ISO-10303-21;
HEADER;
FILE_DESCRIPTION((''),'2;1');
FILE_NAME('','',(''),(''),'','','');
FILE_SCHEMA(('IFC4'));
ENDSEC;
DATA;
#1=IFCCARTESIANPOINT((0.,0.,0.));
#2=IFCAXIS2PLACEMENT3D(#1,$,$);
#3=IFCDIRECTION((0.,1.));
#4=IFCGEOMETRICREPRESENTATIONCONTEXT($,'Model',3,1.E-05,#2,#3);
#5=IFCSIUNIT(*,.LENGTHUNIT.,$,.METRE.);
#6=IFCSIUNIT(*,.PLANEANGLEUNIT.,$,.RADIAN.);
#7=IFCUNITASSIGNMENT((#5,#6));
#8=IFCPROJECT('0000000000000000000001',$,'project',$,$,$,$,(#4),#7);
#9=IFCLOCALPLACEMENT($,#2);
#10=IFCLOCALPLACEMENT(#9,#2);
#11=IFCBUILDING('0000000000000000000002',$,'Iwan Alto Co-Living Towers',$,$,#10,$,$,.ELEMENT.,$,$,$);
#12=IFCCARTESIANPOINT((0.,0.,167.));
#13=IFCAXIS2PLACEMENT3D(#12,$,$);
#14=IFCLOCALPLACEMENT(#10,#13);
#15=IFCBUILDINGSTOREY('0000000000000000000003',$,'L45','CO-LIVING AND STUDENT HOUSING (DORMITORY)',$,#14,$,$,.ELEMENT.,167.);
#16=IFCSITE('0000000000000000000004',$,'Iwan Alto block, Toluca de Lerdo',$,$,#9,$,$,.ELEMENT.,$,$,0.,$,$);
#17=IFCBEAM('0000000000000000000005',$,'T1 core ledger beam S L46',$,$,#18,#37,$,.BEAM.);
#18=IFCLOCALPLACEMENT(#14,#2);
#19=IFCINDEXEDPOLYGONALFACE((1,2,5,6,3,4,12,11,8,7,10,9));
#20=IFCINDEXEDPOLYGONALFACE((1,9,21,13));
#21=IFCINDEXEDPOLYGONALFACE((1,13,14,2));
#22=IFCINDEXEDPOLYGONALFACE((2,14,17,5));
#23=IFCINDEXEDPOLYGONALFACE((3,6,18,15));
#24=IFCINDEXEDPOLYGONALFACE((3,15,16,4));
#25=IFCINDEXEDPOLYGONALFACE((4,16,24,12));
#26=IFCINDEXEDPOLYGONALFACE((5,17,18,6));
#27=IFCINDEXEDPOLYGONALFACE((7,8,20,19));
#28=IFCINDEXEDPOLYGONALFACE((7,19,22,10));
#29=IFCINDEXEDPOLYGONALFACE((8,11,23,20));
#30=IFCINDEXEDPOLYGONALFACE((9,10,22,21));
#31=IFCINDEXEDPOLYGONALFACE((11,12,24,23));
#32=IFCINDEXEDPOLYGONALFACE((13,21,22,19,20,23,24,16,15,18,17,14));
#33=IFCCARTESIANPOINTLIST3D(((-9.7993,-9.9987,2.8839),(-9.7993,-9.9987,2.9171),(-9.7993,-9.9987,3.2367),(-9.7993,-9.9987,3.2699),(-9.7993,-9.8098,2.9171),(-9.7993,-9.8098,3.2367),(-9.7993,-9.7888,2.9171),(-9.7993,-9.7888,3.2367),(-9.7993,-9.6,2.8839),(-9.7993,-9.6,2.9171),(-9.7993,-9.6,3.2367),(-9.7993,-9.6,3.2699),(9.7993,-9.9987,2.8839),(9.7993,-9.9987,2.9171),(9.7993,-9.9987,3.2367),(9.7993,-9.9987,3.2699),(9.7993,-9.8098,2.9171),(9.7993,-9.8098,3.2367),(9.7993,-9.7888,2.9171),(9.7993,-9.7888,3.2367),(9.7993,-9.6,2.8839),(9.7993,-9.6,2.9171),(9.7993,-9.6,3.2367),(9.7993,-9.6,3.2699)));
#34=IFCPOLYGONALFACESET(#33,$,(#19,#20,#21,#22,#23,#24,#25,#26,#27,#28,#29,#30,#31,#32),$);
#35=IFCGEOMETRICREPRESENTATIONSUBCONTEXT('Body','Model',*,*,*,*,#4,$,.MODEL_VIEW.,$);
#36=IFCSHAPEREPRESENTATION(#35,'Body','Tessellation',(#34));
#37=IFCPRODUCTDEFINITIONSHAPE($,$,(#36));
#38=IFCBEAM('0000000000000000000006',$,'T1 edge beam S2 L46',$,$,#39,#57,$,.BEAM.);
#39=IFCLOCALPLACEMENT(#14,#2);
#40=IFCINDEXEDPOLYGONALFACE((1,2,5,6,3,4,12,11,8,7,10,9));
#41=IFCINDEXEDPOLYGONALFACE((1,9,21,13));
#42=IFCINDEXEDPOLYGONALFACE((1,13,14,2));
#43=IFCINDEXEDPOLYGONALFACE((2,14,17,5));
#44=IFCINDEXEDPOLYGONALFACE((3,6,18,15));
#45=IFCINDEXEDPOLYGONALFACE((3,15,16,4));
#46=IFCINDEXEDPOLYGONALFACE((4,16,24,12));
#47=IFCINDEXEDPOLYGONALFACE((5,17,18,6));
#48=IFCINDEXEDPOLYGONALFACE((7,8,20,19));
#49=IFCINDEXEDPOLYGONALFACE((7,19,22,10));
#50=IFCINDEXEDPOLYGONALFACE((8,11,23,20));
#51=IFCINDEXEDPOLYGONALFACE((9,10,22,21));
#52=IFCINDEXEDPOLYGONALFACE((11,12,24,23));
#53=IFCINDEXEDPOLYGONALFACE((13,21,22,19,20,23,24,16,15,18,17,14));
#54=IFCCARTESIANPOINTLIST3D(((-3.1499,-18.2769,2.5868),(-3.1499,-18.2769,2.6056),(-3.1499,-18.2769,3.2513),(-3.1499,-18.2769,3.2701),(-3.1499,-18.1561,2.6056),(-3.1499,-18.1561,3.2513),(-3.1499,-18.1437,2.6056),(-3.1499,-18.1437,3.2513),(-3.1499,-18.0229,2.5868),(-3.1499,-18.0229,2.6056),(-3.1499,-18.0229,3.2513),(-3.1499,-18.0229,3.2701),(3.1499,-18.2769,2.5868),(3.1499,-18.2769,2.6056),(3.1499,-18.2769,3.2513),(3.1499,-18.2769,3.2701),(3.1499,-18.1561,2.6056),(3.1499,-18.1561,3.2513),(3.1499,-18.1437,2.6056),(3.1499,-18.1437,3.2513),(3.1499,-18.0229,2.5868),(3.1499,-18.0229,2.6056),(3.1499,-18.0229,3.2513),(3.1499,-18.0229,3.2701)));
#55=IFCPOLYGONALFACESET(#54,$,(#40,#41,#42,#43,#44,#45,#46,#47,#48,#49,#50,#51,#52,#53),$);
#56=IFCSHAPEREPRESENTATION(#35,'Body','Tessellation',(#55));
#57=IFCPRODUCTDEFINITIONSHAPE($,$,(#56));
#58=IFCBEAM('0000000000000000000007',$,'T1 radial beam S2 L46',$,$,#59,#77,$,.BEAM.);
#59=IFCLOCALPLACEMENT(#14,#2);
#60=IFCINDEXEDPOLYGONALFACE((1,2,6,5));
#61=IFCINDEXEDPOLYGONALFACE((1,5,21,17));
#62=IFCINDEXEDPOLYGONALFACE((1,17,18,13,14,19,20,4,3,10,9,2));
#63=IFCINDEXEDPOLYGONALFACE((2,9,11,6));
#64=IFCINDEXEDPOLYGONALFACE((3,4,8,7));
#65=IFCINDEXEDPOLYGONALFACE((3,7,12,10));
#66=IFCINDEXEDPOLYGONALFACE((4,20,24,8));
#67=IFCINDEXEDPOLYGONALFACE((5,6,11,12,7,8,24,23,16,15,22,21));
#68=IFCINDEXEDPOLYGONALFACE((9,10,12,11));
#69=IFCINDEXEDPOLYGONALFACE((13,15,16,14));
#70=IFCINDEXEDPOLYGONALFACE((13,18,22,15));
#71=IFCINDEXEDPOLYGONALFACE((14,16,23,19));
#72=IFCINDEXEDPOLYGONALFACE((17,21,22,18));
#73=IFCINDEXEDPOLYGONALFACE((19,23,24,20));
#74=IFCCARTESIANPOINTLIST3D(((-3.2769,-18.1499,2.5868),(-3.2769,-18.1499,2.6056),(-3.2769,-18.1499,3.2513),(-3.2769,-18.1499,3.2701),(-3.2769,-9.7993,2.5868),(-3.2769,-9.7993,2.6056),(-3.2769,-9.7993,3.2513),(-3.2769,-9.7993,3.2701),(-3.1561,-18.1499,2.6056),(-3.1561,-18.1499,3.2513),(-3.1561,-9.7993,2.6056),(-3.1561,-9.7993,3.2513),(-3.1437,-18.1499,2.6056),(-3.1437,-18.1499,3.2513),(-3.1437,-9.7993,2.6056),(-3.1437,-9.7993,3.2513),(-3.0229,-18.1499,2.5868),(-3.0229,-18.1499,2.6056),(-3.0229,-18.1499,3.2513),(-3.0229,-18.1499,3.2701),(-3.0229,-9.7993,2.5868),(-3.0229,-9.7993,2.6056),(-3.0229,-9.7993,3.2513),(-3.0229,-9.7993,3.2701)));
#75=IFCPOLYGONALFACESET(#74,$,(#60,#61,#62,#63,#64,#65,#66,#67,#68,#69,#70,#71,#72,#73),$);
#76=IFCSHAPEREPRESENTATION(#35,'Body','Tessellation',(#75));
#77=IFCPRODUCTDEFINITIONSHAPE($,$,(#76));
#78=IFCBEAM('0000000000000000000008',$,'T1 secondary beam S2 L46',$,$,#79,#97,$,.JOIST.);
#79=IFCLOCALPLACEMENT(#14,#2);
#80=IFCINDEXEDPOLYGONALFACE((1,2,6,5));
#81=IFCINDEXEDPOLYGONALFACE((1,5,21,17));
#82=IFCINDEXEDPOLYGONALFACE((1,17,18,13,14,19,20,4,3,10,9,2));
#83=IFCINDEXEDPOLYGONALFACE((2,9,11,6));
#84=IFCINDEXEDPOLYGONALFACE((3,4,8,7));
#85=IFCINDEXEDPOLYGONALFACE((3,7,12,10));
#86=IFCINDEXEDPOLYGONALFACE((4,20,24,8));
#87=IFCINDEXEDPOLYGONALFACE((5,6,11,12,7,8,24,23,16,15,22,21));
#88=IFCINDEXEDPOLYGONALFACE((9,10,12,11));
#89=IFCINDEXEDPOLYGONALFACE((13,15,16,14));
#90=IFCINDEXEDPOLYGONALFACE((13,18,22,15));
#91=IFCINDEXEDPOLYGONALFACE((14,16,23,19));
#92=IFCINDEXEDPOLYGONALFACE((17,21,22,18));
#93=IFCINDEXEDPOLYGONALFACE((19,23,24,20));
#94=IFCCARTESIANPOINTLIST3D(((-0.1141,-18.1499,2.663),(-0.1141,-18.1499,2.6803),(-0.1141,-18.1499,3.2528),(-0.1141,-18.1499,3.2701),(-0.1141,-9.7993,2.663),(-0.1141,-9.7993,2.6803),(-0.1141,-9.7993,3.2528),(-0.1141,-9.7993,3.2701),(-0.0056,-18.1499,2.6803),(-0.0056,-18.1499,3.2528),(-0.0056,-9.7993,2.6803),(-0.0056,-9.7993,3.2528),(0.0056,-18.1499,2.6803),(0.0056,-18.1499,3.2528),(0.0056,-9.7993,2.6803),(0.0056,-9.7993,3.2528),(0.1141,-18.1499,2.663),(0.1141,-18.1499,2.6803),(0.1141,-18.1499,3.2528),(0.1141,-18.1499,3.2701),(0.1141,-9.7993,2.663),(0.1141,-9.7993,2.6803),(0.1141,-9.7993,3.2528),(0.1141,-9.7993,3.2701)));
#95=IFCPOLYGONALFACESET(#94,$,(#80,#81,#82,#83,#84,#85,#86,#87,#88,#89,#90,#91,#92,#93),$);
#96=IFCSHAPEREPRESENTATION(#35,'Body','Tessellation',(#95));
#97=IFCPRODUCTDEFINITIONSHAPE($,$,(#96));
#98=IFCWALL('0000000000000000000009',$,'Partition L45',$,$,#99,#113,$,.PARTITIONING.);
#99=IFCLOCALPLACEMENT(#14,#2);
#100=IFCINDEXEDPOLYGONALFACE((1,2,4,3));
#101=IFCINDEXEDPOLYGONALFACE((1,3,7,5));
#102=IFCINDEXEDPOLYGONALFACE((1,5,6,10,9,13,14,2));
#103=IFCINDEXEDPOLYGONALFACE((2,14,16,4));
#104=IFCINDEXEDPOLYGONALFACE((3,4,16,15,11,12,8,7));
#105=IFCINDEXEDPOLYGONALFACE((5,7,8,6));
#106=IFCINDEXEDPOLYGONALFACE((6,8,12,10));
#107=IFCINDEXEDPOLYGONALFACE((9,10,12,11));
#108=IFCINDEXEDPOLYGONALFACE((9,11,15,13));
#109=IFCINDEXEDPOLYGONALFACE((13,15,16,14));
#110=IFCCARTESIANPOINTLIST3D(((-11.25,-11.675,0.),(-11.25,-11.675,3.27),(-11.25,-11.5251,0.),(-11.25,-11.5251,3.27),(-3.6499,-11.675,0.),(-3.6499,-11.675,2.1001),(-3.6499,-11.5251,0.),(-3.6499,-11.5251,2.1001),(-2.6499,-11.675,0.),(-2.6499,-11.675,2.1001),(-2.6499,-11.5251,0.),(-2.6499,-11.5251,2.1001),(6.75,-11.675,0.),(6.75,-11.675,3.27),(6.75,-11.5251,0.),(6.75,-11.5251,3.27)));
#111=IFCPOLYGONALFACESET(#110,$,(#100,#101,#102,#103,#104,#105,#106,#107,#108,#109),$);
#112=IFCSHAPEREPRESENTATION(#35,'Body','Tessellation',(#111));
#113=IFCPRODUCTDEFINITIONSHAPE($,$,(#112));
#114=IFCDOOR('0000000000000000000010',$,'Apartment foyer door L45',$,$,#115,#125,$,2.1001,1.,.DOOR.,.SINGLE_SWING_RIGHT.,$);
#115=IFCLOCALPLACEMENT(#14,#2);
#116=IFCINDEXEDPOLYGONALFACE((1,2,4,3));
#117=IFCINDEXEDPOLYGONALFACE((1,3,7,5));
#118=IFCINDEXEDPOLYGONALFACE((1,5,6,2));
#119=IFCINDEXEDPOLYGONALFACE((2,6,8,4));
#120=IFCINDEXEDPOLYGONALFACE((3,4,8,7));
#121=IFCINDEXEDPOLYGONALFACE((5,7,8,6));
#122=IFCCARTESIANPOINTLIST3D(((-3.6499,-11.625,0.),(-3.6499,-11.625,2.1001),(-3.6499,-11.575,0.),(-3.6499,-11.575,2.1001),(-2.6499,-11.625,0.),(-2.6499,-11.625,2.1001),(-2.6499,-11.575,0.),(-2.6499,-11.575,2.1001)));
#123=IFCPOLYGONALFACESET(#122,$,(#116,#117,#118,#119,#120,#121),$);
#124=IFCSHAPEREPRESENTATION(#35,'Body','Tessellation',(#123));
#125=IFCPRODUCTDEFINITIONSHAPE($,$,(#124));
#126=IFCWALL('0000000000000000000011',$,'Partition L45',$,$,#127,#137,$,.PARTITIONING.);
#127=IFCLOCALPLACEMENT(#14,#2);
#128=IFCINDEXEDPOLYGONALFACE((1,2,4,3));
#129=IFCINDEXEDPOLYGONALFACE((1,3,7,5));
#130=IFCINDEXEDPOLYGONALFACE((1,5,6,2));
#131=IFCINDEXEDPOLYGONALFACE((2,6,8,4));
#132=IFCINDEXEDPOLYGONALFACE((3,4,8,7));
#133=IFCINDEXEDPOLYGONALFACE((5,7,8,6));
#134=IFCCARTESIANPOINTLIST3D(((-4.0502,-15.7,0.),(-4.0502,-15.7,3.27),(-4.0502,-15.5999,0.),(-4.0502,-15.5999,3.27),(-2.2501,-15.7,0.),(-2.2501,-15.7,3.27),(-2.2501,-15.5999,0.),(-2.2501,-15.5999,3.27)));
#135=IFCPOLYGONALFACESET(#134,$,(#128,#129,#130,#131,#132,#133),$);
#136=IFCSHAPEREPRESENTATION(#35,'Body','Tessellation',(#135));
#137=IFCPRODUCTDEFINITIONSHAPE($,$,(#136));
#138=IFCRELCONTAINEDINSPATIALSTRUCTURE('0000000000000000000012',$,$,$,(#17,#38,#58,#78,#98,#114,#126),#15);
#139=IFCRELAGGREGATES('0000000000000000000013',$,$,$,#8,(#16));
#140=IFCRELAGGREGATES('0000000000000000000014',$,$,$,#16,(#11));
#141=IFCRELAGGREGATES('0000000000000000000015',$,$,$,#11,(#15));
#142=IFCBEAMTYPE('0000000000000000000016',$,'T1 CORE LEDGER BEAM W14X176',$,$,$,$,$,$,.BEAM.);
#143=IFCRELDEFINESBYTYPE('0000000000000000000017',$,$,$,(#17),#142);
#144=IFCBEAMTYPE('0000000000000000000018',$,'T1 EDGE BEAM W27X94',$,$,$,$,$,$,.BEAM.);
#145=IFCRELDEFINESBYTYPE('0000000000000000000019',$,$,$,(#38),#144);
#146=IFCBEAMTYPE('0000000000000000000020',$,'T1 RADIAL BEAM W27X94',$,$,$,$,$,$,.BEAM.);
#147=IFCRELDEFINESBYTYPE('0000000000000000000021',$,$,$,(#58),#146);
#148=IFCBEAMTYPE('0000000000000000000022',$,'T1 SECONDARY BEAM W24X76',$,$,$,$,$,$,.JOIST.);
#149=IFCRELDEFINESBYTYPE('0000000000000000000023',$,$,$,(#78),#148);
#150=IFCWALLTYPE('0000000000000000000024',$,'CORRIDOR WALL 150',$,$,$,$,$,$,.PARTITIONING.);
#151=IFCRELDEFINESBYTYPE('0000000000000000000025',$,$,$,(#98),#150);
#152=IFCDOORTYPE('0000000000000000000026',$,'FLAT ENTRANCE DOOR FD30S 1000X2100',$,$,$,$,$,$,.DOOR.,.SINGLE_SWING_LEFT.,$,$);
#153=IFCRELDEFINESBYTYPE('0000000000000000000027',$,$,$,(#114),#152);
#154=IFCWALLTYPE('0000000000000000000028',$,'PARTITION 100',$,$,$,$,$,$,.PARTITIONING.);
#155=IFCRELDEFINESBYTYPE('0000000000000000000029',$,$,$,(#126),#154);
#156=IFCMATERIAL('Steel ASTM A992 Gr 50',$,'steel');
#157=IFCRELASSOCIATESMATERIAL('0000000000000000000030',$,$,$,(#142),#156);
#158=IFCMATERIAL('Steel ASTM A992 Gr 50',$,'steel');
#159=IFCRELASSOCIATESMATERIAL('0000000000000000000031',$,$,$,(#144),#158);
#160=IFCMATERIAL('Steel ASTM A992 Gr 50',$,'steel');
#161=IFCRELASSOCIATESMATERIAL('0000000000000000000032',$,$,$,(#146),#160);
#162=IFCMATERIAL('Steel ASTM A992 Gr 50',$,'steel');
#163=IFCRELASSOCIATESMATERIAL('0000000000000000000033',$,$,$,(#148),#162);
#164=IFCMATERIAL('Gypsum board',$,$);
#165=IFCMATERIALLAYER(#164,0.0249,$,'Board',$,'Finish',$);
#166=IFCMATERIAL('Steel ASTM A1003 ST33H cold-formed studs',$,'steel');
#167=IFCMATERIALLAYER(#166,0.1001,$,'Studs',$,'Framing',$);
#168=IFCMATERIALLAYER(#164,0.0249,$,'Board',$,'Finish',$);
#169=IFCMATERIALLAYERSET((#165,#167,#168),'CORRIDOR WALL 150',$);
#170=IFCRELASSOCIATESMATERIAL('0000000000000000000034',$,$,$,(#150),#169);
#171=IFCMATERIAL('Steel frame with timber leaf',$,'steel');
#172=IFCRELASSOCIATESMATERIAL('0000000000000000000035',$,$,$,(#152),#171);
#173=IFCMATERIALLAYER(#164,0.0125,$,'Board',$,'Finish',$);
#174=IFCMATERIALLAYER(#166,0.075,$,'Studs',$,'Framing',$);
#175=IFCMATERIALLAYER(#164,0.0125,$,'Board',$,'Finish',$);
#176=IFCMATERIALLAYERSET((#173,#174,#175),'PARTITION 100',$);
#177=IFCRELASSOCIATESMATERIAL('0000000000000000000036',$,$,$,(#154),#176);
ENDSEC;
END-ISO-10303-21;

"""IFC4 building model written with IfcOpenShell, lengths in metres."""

from ifc_helpers import new_model, si_unit, direction, frame, frame_2d, origin, origin_2d, place, context, subcontext, project, spatial, rectangle, i_section, extrude, material, layer, layer_set, material_profile, profile_set, type_object, element, fill, save


model = new_model("IFC4")

# Units and contexts
model_context = context("Model", 3, precision=1e-05, world=origin(), true_north=direction((0.0, 1.0)))
body_context = subcontext(model_context, "Body", "Model", "MODEL_VIEW")
ifc_project = project(units=[si_unit("LENGTHUNIT", "METRE"), si_unit("PLANEANGLEUNIT", "RADIAN")], contexts=[model_context])

# Site, building, storey
site_placement = place(None, origin())
site = spatial("IfcSite", under=ifc_project, at=site_placement, Name="Iwan Alto block, Toluca de Lerdo", CompositionType="ELEMENT", RefElevation=0.0)
building_placement = place(site_placement, origin())
building = spatial("IfcBuilding", under=site, at=building_placement, Name="Iwan Alto Co-Living Towers", CompositionType="ELEMENT")
storey_placement = place(building_placement, frame((0.0, 0.0, 167.0)))
storey = spatial("IfcBuildingStorey", under=building, at=storey_placement, Name="L45", Description="CO-LIVING AND STUDENT HOUSING (DORMITORY)", CompositionType="ELEMENT", Elevation=167.0)

# Beams
ifc_material_1 = material(Name="Steel ASTM A992 Gr 50", Category="steel")
ifc_material_profile_1 = material_profile(ifc_material_1, i_section(OverallWidth=0.3987, OverallDepth=0.386, WebThickness=0.021, FlangeThickness=0.0332, at=origin_2d()), Name="W14X176")
ifc_profile_set_1 = profile_set([ifc_material_profile_1], Name="Steel ASTM A992 Gr 50")
beam_type_1 = type_object("IfcBeamType", Name="T1 CORE LEDGER BEAM W14X176", PredefinedType="BEAM", material=ifc_profile_set_1)
beam_1_placement = place(storey_placement, frame((-9.7993, -9.7993, 3.0769), z_axis=(1.0, 0.0, 0.0), x_axis=(0.0, 1.0, 0.0)))
element("IfcBeam", 1, at=beam_1_placement, inside=storey, type_object=beam_type_1, Name="T1 core ledger beam S L46", PredefinedType="BEAM", context=body_context, shape_type="SweptSolid", body=[
    extrude(i_section(OverallWidth=0.3987, OverallDepth=0.386, WebThickness=0.021, FlangeThickness=0.0332, at=origin_2d()), origin(), (0.0, 0.0, 1.0), 19.5986),
])
ifc_material_2 = material(Name="Steel ASTM A992 Gr 50", Category="steel")
ifc_material_profile_2 = material_profile(ifc_material_2, i_section(OverallWidth=0.2539, OverallDepth=0.6833, WebThickness=0.0125, FlangeThickness=0.0188, at=origin_2d()), Name="W27X94")
ifc_profile_set_2 = profile_set([ifc_material_profile_2], Name="Steel ASTM A992 Gr 50")
beam_type_2 = type_object("IfcBeamType", Name="T1 EDGE BEAM W27X94", PredefinedType="BEAM", material=ifc_profile_set_2)
beam_2_placement = place(storey_placement, frame((-3.1499, -18.1499, 2.9285), z_axis=(1.0, 0.0, 0.0), x_axis=(0.0, 1.0, 0.0)))
element("IfcBeam", 2, at=beam_2_placement, inside=storey, type_object=beam_type_2, Name="T1 edge beam S2 L46", PredefinedType="BEAM", context=body_context, shape_type="SweptSolid", body=[
    extrude(i_section(OverallWidth=0.2539, OverallDepth=0.6833, WebThickness=0.0125, FlangeThickness=0.0188, at=origin_2d()), origin(), (0.0, 0.0, 1.0), 6.2998),
])
ifc_material_3 = material(Name="Steel ASTM A992 Gr 50", Category="steel")
ifc_material_profile_3 = material_profile(ifc_material_3, i_section(OverallWidth=0.2539, OverallDepth=0.6833, WebThickness=0.0125, FlangeThickness=0.0188, at=origin_2d()), Name="W27X94")
ifc_profile_set_3 = profile_set([ifc_material_profile_3], Name="Steel ASTM A992 Gr 50")
beam_type_3 = type_object("IfcBeamType", Name="T1 RADIAL BEAM W27X94", PredefinedType="BEAM", material=ifc_profile_set_3)
beam_3_placement = place(storey_placement, frame((-3.1499, -18.1499, 2.9285), z_axis=(0.0, 1.0, 0.0), x_axis=(-1.0, 0.0, 0.0)))
element("IfcBeam", 3, at=beam_3_placement, inside=storey, type_object=beam_type_3, Name="T1 radial beam S2 L46", PredefinedType="BEAM", context=body_context, shape_type="SweptSolid", body=[
    extrude(i_section(OverallWidth=0.2539, OverallDepth=0.6833, WebThickness=0.0125, FlangeThickness=0.0188, at=origin_2d()), origin(), (0.0, 0.0, 1.0), 8.3506),
])
ifc_material_4 = material(Name="Steel ASTM A992 Gr 50", Category="steel")
ifc_material_profile_4 = material_profile(ifc_material_4, i_section(OverallWidth=0.2283, OverallDepth=0.6072, WebThickness=0.0112, FlangeThickness=0.0173, at=origin_2d()), Name="W24X76")
ifc_profile_set_4 = profile_set([ifc_material_profile_4], Name="Steel ASTM A992 Gr 50")
beam_type_4 = type_object("IfcBeamType", Name="T1 SECONDARY BEAM W24X76", PredefinedType="JOIST", material=ifc_profile_set_4)
beam_4_placement = place(storey_placement, frame((0.0, -18.1499, 2.9666), z_axis=(0.0, 1.0, 0.0), x_axis=(-1.0, 0.0, 0.0)))
element("IfcBeam", 4, at=beam_4_placement, inside=storey, type_object=beam_type_4, Name="T1 secondary beam S2 L46", PredefinedType="JOIST", context=body_context, shape_type="SweptSolid", body=[
    extrude(i_section(OverallWidth=0.2283, OverallDepth=0.6072, WebThickness=0.0112, FlangeThickness=0.0173, at=origin_2d()), origin(), (0.0, 0.0, 1.0), 8.3506),
])

# Wall, opening, door
ifc_material_5 = material(Name="Gypsum board")
ifc_layer_1 = layer(ifc_material_5, 0.0249, Name="Board", Category="Finish")
ifc_material_6 = material(Name="Steel ASTM A1003 ST33H cold-formed studs", Category="steel")
ifc_layer_2 = layer(ifc_material_6, 0.1001, Name="Studs", Category="Framing")
ifc_layer_3 = layer(ifc_material_5, 0.0249, Name="Board", Category="Finish")
ifc_layer_set_1 = layer_set([ifc_layer_1, ifc_layer_2, ifc_layer_3], Name="CORRIDOR WALL 150")
wall_type_1 = type_object("IfcWallType", Name="CORRIDOR WALL 150", PredefinedType="PARTITIONING", material=ifc_layer_set_1)
wall_1_placement = place(storey_placement, frame((-11.25, -11.6001, 0.0), z_axis=(0.0, 0.0, 1.0), x_axis=(1.0, 0.0, 0.0)))
wall_1 = element("IfcWall", 5, at=wall_1_placement, inside=storey, type_object=wall_type_1, Name="Partition L45", PredefinedType="PARTITIONING", context=body_context, shape_type="SweptSolid", body=[
    extrude(rectangle(XDim=18.0, YDim=0.1499, at=frame_2d((9.0, 0.0))), origin(), (0.0, 0.0, 1.0), 3.27),
])
opening_1_placement = place(wall_1_placement, frame((7.6001, 0.0, 0.0)))
opening_1 = element("IfcOpeningElement", 6, at=opening_1_placement, cuts=wall_1, PredefinedType="OPENING", context=body_context, shape_type="SweptSolid", body=[
    extrude(rectangle(XDim=1.0, YDim=2.1001, at=frame_2d((0.5, 1.05))), frame((0.0, 0.085, 0.0), z_axis=(0.0, -1.0, 0.0), x_axis=(1.0, 0.0, 0.0)), (0.0, 0.0, 1.0), 0.1699),
])
ifc_material_7 = material(Name="Steel frame with timber leaf", Category="steel")
door_type_1 = type_object("IfcDoorType", Name="FLAT ENTRANCE DOOR FD30S 1000X2100", OperationType="SINGLE_SWING_LEFT", PredefinedType="DOOR", material=ifc_material_7)
door_1_placement = place(opening_1_placement, frame((1.0, 0.0, 0.0), z_axis=(0.0, 0.0, 1.0), x_axis=(-1.0, 0.0, 0.0)))
door_1 = element("IfcDoor", 7, at=door_1_placement, inside=storey, type_object=door_type_1, Name="Apartment foyer door L45", OperationType="SINGLE_SWING_RIGHT", OverallHeight=2.1001, OverallWidth=1.0, PredefinedType="DOOR", context=body_context, shape_type="SweptSolid", body=[
    extrude(rectangle(XDim=1.0, YDim=2.1001, at=frame_2d((0.5, 1.05))), frame((0.0, 0.0249, 0.0), z_axis=(0.0, -1.0, 0.0), x_axis=(1.0, 0.0, 0.0)), (0.0, 0.0, 1.0), 0.05),
])
fill(opening_1, door_1)

# Wall
ifc_layer_4 = layer(ifc_material_5, 0.0125, Name="Board", Category="Finish")
ifc_layer_5 = layer(ifc_material_6, 0.075, Name="Studs", Category="Framing")
ifc_layer_6 = layer(ifc_material_5, 0.0125, Name="Board", Category="Finish")
ifc_layer_set_2 = layer_set([ifc_layer_4, ifc_layer_5, ifc_layer_6], Name="PARTITION 100")
wall_type_2 = type_object("IfcWallType", Name="PARTITION 100", PredefinedType="PARTITIONING", material=ifc_layer_set_2)
wall_2_placement = place(storey_placement, frame((-4.05, -15.6499, 0.0), z_axis=(0.0, 0.0, 1.0), x_axis=(1.0, 0.0, 0.0)))
element("IfcWall", 8, at=wall_2_placement, inside=storey, type_object=wall_type_2, Name="Partition L45", PredefinedType="PARTITIONING", context=body_context, shape_type="SweptSolid", body=[
    extrude(rectangle(XDim=1.8, YDim=0.1001, at=frame_2d((0.8999, 0.0))), origin(), (0.0, 0.0, 1.0), 3.27),
])

save(model, "model.ifc")
